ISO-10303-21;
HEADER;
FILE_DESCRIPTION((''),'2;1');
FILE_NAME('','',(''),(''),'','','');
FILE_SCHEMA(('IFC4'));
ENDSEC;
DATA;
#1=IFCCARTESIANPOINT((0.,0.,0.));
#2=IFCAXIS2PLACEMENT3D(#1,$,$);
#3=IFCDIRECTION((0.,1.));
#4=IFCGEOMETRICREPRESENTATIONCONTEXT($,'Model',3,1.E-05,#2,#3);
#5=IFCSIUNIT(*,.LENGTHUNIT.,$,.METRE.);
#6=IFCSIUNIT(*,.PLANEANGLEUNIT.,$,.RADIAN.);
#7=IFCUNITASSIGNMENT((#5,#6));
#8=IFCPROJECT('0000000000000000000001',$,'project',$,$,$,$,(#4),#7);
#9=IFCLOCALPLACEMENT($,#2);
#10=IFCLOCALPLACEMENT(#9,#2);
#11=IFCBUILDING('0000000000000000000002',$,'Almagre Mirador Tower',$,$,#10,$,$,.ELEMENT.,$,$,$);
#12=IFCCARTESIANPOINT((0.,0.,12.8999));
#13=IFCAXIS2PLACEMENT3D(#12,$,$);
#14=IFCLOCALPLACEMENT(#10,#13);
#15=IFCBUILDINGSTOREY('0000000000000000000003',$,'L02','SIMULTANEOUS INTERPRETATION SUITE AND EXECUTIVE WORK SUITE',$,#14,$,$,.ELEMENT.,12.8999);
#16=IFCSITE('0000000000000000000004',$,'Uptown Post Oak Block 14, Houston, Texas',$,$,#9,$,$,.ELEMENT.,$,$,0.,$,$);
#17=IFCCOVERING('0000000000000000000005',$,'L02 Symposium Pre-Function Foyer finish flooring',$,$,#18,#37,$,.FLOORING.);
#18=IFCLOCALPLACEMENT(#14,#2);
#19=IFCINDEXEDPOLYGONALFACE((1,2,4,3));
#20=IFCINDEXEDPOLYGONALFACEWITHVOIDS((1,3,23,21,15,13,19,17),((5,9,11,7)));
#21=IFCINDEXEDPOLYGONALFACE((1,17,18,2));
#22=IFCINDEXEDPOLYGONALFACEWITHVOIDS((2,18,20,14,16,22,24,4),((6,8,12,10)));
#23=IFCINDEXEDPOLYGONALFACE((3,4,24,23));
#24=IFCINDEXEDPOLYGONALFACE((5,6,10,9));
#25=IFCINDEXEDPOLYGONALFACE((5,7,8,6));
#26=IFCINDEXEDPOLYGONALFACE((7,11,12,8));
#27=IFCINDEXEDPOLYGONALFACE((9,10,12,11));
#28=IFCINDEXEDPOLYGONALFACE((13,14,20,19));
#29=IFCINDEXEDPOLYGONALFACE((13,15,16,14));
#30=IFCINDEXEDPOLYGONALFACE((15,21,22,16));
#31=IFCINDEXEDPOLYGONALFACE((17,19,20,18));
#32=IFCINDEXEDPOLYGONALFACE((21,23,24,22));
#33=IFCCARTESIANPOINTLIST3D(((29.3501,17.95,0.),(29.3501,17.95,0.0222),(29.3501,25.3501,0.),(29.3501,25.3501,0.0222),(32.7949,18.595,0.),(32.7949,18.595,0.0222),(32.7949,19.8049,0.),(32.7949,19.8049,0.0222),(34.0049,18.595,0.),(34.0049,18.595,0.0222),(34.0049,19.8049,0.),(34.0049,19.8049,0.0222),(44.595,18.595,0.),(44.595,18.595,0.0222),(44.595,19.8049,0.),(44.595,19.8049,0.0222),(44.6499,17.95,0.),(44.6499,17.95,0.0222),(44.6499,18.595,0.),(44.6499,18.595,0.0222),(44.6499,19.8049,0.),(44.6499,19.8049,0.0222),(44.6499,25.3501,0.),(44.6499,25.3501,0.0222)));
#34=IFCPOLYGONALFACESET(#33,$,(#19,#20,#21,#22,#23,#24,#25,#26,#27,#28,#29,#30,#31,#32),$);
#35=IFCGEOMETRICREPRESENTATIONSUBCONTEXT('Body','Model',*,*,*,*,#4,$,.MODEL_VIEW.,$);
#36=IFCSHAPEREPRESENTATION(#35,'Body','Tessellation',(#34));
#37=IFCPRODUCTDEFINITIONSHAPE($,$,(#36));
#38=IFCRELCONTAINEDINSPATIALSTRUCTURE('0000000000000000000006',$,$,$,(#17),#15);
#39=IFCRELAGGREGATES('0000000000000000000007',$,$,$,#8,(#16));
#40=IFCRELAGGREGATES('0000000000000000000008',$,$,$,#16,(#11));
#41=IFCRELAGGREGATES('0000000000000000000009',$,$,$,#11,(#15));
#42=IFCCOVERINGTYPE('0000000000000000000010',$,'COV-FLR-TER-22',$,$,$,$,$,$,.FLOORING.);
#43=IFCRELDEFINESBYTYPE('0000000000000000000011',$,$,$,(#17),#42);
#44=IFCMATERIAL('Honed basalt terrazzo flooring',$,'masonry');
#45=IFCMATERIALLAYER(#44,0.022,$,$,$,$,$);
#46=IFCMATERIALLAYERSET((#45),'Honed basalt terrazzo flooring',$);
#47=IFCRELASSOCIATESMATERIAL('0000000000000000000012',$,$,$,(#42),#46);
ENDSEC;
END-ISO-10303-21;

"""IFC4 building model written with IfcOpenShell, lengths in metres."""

from ifc_helpers import new_model, si_unit, direction, frame, origin, place, context, subcontext, project, spatial, polyline, outline, extrude, material, layer, layer_set, type_object, element, save


model = new_model("IFC4")

# Units and contexts
model_context = context("Model", 3, precision=1e-05, world=origin(), true_north=direction((0.0, 1.0)))
body_context = subcontext(model_context, "Body", "Model", "MODEL_VIEW")
ifc_project = project(units=[si_unit("LENGTHUNIT", "METRE"), si_unit("PLANEANGLEUNIT", "RADIAN")], contexts=[model_context])

# Site, building, storey
site_placement = place(None, origin())
site = spatial("IfcSite", under=ifc_project, at=site_placement, Name="Uptown Post Oak Block 14, Houston, Texas", CompositionType="ELEMENT", RefElevation=0.0)
building_placement = place(site_placement, origin())
building = spatial("IfcBuilding", under=site, at=building_placement, Name="Almagre Mirador Tower", CompositionType="ELEMENT")
storey_placement = place(building_placement, frame((0.0, 0.0, 12.8999)))
storey = spatial("IfcBuildingStorey", under=building, at=storey_placement, Name="L02", Description="SIMULTANEOUS INTERPRETATION SUITE AND EXECUTIVE WORK SUITE", CompositionType="ELEMENT", Elevation=12.8999)

# Covering
ifc_material_1 = material(Name="Honed basalt terrazzo flooring", Category="masonry")
ifc_layer_1 = layer(ifc_material_1, 0.022)
ifc_layer_set_1 = layer_set([ifc_layer_1], Name="Honed basalt terrazzo flooring")
covering_type_1 = type_object("IfcCoveringType", Name="COV-FLR-TER-22", PredefinedType="FLOORING", material=ifc_layer_set_1)
covering_1_placement = place(storey_placement, origin())
element("IfcCovering", 1, at=covering_1_placement, inside=storey, type_object=covering_type_1, Name="L02 Symposium Pre-Function Foyer finish flooring", PredefinedType="FLOORING", context=body_context, shape_type="SweptSolid", body=[
    extrude(outline(polyline([(29.3501, 17.95), (29.3501, 25.3501), (44.6499, 25.3501), (44.6499, 19.8049), (44.595, 19.8049), (44.595, 18.595), (44.6499, 18.595), (44.6499, 17.95), (29.3501, 17.95)]), holes=[polyline([(32.7949, 18.595), (32.7949, 19.8049), (34.0049, 19.8049), (34.0049, 18.595), (32.7949, 18.595)])]), origin(), (0.0, 0.0, 1.0), 0.0222),
])

save(model, "model.ifc")
